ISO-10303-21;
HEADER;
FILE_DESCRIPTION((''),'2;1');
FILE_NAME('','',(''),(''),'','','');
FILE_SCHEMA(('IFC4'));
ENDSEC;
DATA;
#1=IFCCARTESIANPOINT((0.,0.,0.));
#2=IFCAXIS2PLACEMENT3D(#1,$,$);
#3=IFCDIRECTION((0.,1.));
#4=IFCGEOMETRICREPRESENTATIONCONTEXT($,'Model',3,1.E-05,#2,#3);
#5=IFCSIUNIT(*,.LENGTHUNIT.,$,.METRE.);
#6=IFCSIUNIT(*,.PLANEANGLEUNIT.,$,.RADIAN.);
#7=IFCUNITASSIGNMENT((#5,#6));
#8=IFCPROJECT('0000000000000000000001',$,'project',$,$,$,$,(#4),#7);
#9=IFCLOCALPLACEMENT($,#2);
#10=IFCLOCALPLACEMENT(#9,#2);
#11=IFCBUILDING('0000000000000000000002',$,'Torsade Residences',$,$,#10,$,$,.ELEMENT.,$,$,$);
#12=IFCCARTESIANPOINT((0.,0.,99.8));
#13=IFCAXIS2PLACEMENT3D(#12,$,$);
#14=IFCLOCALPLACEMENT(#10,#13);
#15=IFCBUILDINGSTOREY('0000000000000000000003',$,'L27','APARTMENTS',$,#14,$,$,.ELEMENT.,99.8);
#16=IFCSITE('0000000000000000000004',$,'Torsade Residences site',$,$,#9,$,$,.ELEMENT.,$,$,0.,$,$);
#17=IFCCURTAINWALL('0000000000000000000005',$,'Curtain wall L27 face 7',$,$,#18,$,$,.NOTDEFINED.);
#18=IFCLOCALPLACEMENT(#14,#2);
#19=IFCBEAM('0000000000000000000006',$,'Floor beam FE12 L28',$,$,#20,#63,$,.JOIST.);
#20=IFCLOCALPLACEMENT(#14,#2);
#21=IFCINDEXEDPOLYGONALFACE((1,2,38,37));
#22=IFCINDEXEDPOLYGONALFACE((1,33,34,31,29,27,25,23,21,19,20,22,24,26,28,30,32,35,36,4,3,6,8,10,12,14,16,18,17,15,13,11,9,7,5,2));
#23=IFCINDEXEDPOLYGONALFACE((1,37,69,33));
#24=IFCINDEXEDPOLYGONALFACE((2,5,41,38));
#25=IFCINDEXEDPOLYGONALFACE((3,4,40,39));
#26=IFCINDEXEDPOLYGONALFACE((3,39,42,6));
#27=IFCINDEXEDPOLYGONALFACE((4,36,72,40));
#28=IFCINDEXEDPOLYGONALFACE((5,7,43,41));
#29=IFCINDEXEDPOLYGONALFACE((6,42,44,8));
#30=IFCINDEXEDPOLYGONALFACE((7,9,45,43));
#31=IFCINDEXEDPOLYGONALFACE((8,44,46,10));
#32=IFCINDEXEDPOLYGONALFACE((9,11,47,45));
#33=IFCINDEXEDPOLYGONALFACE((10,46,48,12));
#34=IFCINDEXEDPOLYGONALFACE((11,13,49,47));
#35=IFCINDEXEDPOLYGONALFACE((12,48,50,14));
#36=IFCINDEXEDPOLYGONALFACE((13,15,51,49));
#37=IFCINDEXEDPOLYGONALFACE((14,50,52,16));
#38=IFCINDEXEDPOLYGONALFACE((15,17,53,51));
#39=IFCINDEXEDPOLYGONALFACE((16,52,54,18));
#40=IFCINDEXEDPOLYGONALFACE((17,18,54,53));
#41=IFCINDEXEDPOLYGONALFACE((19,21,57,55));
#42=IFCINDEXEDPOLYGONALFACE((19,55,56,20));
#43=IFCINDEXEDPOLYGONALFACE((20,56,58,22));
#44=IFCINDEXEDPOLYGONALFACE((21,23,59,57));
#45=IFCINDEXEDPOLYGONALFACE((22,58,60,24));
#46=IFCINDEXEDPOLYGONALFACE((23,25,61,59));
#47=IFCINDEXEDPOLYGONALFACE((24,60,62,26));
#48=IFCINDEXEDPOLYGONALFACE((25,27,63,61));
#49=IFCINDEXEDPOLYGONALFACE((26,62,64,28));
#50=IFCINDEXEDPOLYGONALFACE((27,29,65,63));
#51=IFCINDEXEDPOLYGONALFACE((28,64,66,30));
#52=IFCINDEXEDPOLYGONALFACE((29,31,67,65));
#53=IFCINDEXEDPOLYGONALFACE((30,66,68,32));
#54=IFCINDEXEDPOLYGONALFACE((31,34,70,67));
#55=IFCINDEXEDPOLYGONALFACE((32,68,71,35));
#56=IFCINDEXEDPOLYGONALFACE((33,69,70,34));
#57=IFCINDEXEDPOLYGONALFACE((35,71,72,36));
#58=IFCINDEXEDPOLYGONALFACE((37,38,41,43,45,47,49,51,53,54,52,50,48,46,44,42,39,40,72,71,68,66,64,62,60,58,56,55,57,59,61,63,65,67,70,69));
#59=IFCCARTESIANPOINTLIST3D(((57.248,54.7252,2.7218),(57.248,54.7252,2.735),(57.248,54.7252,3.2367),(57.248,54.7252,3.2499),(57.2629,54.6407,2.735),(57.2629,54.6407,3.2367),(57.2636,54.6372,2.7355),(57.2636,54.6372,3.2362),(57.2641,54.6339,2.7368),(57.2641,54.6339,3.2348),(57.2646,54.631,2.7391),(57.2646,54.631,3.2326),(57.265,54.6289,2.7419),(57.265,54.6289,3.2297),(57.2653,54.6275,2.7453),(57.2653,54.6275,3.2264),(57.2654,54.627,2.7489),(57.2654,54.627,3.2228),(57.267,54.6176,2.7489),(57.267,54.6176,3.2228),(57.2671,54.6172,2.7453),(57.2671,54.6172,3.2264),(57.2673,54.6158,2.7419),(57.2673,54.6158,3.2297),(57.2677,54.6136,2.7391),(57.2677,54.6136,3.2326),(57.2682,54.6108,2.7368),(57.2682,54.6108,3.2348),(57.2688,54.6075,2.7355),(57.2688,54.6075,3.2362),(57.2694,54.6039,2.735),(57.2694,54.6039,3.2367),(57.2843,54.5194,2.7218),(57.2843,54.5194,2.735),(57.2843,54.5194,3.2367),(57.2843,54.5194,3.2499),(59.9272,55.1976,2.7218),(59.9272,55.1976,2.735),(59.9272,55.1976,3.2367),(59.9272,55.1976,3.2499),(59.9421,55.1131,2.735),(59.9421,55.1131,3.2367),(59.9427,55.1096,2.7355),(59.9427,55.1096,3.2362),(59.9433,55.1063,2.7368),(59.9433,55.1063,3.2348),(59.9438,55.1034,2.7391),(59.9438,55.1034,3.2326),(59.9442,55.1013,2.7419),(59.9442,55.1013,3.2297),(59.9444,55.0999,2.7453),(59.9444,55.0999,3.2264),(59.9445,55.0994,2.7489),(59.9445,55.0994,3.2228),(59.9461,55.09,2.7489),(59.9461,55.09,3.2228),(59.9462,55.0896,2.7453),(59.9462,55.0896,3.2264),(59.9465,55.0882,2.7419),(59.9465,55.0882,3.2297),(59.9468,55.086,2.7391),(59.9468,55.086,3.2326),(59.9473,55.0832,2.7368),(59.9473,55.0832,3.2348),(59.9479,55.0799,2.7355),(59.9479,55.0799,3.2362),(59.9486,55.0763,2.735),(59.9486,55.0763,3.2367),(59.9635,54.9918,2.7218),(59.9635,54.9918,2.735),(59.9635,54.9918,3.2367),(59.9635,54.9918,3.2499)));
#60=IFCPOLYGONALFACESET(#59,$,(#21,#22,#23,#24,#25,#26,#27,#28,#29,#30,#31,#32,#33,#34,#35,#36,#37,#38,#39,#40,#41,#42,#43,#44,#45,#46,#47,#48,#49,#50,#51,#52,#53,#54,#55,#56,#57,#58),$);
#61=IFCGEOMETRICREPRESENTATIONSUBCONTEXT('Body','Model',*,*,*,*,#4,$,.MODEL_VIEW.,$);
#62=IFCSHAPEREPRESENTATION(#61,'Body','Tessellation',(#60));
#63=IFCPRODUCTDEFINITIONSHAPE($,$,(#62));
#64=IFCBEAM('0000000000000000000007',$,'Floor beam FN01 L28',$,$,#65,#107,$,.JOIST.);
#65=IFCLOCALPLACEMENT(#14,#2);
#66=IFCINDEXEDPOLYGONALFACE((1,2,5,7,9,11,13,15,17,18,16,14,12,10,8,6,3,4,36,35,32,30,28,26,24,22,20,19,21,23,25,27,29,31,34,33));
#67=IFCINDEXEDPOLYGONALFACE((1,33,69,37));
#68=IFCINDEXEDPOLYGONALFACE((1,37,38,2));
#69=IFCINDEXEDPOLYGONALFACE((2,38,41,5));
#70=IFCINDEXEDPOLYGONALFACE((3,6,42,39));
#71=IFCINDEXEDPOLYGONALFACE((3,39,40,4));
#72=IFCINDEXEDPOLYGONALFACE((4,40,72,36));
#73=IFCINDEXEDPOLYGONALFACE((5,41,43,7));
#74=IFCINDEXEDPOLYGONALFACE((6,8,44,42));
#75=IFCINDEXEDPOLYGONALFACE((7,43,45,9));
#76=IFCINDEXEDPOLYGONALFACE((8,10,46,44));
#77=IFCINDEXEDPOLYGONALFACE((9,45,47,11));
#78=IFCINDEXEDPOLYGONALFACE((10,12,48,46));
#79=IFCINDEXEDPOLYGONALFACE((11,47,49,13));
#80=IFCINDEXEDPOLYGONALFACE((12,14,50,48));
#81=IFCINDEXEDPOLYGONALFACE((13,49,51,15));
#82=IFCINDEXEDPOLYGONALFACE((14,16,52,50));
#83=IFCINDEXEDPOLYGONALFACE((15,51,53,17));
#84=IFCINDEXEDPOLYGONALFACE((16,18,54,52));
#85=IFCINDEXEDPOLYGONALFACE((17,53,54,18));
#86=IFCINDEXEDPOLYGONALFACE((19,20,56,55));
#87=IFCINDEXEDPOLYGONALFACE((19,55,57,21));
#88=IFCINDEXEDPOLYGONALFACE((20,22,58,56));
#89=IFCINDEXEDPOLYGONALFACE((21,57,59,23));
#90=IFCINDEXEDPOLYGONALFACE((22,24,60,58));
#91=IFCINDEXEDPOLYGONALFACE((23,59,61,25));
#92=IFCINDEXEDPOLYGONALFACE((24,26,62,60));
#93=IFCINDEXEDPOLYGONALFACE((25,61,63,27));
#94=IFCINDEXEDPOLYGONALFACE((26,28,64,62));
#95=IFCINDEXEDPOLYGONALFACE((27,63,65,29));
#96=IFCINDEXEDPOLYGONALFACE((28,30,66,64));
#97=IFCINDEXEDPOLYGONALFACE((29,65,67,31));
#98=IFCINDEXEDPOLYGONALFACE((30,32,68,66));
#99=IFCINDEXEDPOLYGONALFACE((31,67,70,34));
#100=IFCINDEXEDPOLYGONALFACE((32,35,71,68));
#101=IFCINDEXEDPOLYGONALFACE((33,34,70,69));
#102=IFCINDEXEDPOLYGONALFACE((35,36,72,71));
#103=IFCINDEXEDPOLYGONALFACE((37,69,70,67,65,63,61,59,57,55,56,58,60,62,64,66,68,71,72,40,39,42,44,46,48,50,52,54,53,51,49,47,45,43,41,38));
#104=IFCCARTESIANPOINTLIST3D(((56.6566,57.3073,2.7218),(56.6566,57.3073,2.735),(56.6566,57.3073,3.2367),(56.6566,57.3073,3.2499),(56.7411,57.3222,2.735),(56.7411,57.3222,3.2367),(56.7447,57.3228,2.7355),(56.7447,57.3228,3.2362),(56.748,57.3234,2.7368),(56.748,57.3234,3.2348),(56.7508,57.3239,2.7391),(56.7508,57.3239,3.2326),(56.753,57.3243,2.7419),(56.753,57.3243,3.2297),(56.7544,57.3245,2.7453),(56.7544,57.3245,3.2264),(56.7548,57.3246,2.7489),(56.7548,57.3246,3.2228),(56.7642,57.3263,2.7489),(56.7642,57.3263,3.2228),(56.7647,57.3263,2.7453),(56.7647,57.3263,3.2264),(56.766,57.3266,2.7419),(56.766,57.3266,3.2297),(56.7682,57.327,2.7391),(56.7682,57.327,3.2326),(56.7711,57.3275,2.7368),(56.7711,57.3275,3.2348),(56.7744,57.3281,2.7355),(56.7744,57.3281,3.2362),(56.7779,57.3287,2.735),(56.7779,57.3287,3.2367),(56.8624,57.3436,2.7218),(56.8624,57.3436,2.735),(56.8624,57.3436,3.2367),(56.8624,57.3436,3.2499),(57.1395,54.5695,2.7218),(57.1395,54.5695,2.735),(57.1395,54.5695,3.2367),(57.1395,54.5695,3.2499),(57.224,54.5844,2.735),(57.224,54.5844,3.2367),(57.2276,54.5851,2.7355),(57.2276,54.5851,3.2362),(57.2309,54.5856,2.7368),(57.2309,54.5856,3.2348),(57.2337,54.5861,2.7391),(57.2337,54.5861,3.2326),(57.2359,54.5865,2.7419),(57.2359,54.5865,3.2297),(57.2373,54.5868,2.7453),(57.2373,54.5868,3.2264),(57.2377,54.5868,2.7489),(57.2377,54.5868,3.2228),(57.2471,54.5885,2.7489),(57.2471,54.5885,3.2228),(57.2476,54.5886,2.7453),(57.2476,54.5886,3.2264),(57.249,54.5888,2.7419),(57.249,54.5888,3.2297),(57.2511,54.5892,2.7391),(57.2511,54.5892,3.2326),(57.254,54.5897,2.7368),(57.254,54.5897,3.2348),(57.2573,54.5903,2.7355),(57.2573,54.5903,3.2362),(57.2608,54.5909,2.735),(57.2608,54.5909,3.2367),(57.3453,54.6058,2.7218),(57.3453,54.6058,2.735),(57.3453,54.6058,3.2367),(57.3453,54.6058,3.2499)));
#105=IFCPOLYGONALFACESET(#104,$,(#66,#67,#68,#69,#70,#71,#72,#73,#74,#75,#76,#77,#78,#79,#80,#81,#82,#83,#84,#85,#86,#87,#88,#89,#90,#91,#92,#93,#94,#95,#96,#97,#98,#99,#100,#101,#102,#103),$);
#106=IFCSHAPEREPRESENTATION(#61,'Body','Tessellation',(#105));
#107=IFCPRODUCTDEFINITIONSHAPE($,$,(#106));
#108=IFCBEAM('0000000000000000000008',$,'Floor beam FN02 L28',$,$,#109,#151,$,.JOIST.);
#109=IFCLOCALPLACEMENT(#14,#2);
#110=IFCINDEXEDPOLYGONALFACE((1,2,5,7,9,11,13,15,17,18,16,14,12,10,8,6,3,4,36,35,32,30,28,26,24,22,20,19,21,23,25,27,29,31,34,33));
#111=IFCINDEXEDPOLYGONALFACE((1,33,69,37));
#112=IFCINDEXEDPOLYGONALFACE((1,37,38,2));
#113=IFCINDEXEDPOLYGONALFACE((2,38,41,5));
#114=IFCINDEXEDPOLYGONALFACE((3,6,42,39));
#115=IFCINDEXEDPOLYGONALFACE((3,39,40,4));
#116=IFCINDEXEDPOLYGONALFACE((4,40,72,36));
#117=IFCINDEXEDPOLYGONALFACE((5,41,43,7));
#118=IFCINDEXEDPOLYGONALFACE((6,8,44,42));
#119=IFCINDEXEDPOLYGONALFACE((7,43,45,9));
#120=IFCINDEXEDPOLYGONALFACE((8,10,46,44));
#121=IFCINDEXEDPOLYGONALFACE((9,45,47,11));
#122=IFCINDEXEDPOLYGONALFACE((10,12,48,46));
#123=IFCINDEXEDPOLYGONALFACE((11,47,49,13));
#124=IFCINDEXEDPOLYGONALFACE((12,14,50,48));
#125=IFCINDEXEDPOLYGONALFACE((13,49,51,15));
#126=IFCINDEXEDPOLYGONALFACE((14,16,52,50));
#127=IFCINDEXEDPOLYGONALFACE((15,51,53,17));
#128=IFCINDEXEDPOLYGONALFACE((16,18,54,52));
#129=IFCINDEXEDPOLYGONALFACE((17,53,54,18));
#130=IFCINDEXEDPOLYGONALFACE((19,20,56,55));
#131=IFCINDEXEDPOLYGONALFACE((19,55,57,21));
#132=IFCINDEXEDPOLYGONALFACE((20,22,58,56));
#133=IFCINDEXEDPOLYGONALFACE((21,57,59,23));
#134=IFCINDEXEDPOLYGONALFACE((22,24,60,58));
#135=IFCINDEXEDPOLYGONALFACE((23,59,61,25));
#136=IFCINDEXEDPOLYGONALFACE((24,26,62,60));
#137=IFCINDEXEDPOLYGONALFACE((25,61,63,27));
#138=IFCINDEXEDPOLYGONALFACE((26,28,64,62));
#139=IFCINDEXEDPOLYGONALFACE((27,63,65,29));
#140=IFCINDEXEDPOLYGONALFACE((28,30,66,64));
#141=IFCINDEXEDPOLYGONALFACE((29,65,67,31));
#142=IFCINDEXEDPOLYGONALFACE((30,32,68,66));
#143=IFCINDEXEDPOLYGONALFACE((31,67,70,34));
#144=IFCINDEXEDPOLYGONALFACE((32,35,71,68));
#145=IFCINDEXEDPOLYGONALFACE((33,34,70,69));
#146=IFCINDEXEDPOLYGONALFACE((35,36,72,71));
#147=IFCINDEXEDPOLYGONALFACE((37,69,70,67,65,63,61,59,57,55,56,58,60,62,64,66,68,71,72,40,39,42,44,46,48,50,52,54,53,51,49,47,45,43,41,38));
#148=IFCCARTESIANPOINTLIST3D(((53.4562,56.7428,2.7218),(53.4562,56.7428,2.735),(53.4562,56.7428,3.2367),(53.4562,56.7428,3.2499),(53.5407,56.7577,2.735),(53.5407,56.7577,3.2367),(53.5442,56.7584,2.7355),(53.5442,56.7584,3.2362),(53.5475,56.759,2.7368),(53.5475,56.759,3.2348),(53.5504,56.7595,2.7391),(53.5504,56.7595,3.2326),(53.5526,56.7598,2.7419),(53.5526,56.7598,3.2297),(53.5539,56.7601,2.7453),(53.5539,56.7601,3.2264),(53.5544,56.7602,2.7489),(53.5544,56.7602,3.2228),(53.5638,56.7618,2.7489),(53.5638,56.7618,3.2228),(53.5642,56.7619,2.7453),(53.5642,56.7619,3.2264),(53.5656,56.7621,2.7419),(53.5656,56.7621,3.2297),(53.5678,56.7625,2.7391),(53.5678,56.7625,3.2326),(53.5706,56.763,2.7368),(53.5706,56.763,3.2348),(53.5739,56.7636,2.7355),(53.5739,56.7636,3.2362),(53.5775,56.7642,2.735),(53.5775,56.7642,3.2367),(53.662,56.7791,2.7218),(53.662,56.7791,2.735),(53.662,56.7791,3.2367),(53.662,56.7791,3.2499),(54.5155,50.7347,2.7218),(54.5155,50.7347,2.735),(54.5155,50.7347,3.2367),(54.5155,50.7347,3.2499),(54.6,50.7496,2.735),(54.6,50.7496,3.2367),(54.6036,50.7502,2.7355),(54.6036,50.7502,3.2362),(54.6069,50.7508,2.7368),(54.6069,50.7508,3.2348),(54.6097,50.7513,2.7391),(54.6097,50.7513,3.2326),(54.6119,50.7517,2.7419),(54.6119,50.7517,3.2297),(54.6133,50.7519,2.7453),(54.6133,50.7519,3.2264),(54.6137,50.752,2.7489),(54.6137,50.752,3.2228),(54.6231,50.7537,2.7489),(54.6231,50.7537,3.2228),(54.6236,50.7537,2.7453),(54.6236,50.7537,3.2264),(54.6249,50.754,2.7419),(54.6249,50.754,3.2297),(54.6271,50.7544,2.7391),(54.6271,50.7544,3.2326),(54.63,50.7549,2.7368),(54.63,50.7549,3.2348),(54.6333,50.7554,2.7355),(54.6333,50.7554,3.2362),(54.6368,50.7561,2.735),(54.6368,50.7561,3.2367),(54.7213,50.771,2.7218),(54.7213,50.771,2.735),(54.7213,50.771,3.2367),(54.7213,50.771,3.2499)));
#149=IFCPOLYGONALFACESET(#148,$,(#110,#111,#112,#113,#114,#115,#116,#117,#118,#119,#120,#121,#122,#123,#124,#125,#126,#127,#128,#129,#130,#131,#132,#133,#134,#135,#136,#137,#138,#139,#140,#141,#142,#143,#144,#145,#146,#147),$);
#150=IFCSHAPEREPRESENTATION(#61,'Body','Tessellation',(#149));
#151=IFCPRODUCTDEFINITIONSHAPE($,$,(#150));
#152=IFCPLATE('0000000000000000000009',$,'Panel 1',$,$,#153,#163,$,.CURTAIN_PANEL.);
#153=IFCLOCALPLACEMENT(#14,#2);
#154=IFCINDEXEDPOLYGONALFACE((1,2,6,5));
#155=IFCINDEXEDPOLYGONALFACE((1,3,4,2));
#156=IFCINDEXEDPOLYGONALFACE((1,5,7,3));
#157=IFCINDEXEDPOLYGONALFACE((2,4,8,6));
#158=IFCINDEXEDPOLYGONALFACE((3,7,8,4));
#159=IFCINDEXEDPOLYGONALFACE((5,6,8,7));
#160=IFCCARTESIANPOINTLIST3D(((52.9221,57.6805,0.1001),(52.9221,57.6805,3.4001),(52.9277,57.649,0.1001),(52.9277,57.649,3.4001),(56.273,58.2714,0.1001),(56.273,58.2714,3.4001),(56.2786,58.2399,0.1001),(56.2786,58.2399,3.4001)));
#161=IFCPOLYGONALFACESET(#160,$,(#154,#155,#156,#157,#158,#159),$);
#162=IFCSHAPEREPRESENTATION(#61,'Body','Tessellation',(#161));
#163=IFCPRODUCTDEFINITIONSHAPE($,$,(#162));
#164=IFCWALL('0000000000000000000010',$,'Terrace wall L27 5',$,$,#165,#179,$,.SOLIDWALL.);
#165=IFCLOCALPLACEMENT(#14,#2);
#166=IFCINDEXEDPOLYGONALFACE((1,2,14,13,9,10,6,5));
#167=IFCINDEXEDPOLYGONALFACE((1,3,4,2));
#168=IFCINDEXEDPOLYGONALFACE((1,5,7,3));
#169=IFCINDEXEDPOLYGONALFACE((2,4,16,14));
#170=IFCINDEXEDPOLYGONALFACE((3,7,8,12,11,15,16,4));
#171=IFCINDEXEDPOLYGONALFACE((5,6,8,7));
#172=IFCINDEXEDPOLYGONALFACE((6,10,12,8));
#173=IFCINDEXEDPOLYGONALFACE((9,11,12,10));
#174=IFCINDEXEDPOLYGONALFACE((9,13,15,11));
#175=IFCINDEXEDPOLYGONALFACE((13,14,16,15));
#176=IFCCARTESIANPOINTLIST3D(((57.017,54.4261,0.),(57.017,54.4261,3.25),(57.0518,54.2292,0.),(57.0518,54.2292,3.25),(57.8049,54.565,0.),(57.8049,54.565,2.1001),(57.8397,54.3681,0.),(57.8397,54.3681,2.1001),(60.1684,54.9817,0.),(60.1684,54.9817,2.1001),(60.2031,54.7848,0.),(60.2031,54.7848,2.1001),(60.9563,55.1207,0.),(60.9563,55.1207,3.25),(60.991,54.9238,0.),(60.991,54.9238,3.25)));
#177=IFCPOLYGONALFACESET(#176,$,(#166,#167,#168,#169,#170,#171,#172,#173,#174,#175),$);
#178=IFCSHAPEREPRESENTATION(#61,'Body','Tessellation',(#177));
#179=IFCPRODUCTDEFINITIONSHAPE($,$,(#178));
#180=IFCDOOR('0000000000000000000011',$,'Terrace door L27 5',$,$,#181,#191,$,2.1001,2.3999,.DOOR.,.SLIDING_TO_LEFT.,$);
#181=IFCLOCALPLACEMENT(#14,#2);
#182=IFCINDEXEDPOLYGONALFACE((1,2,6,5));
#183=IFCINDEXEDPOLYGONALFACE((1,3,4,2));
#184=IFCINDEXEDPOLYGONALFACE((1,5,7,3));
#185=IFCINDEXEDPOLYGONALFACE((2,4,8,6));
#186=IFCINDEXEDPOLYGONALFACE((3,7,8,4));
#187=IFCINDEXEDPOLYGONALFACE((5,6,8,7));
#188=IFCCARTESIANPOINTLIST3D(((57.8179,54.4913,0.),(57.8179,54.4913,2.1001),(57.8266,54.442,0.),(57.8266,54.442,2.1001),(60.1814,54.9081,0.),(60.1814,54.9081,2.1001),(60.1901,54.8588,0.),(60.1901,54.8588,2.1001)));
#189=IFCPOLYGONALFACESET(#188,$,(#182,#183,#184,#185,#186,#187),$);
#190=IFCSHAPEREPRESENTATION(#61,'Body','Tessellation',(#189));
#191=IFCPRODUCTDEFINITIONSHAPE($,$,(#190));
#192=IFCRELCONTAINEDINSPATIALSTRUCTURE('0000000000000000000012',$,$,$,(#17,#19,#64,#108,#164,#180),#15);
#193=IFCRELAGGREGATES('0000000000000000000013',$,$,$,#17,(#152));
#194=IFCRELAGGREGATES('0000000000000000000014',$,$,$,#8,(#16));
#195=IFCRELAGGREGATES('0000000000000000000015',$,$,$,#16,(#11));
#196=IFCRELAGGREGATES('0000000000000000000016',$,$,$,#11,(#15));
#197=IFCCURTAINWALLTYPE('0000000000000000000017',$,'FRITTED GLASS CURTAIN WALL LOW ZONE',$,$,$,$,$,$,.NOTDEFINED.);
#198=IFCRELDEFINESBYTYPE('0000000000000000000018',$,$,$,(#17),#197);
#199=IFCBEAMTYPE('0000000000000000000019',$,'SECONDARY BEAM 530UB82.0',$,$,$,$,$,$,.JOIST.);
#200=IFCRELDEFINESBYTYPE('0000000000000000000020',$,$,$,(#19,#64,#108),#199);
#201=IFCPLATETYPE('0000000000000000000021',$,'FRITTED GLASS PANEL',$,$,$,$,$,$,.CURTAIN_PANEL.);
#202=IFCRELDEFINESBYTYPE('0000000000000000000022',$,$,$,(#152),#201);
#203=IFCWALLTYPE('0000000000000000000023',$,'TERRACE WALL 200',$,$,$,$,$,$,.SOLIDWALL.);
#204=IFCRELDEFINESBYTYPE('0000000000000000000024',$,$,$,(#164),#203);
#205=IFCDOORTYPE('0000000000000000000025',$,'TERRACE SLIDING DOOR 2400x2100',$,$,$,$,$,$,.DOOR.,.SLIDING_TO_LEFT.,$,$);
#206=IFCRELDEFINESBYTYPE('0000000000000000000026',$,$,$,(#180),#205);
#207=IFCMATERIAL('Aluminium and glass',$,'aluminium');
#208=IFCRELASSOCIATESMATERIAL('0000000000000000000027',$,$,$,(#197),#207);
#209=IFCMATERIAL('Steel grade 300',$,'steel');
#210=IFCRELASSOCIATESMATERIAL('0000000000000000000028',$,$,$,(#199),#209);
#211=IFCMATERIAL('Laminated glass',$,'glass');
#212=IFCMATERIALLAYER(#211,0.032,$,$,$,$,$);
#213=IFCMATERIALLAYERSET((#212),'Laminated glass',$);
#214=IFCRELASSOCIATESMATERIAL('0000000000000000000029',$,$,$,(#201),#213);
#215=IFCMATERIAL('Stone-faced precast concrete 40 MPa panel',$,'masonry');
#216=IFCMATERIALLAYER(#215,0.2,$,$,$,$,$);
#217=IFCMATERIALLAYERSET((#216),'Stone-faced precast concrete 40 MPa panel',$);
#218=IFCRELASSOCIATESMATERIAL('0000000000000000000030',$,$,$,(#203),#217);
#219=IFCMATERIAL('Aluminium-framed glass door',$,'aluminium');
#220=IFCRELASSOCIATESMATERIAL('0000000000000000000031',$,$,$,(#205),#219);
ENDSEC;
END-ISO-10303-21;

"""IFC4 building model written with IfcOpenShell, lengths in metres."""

from ifc_helpers import new_model, si_unit, direction, frame, frame_2d, origin, origin_2d, place, context, subcontext, project, spatial, rectangle, i_section, extrude, material, layer, layer_set, material_profile, profile_set, type_object, element, fill, aggregate, save


model = new_model("IFC4")

# Units and contexts
model_context = context("Model", 3, precision=1e-05, world=origin(), true_north=direction((0.0, 1.0)))
body_context = subcontext(model_context, "Body", "Model", "MODEL_VIEW")
ifc_project = project(units=[si_unit("LENGTHUNIT", "METRE"), si_unit("PLANEANGLEUNIT", "RADIAN")], contexts=[model_context])

# Site, building, storey
site_placement = place(None, origin())
site = spatial("IfcSite", under=ifc_project, at=site_placement, Name="Torsade Residences site", CompositionType="ELEMENT", RefElevation=0.0)
building_placement = place(site_placement, origin())
building = spatial("IfcBuilding", under=site, at=building_placement, Name="Torsade Residences", CompositionType="ELEMENT")
storey_placement = place(building_placement, frame((0.0, 0.0, 99.8)))
storey = spatial("IfcBuildingStorey", under=building, at=storey_placement, Name="L27", Description="APARTMENTS", CompositionType="ELEMENT", Elevation=99.8)

# Shared definitions
ifc_material_1 = material(Name="Aluminium and glass", Category="aluminium")
curtain_wall_type = type_object("IfcCurtainWallType", Name="FRITTED GLASS CURTAIN WALL LOW ZONE", PredefinedType="NOTDEFINED", material=ifc_material_1)

# Curtain wall
curtain_wall_1_placement = place(storey_placement, origin())
curtain_wall_1 = element("IfcCurtainWall", 1, at=curtain_wall_1_placement, inside=storey, type_object=curtain_wall_type, Name="Curtain wall L27 face 7", PredefinedType="NOTDEFINED")

# Beams
ifc_material_2 = material(Name="Steel grade 300", Category="steel")
ifc_material_profile_1 = material_profile(ifc_material_2, i_section(OverallWidth=0.209, OverallDepth=0.5281, WebThickness=0.0095, FlangeThickness=0.0132, FilletRadius=0.0139, at=origin_2d()), Name="530UB82.0")
ifc_profile_set_1 = profile_set([ifc_material_profile_1], Name="Steel grade 300")
beam_type_1 = type_object("IfcBeamType", Name="SECONDARY BEAM 530UB82.0", PredefinedType="JOIST", material=ifc_profile_set_1)
beam_1_placement = place(storey_placement, frame((59.9453, 55.0947, 2.9858), z_axis=(-0.984808, -0.173647, 0.0), x_axis=(0.173647, -0.984808, 0.0)))
element("IfcBeam", 2, at=beam_1_placement, inside=storey, type_object=beam_type_1, Name="Floor beam FE12 L28", PredefinedType="JOIST", context=body_context, shape_type="SweptSolid", body=[
    extrude(i_section(OverallWidth=0.209, OverallDepth=0.5281, WebThickness=0.0095, FlangeThickness=0.0132, FilletRadius=0.0139, at=origin_2d()), origin(), (0.0, 0.0, 1.0), 2.7205),
])
beam_2_placement = place(storey_placement, frame((56.7595, 57.3254, 2.9858), z_axis=(0.173705, -0.984798, 0.0), x_axis=(0.984798, 0.173705, 0.0)))
element("IfcBeam", 3, at=beam_2_placement, inside=storey, type_object=beam_type_1, Name="Floor beam FN01 L28", PredefinedType="JOIST", context=body_context, shape_type="SweptSolid", body=[
    extrude(i_section(OverallWidth=0.209, OverallDepth=0.5281, WebThickness=0.0095, FlangeThickness=0.0132, FilletRadius=0.0139, at=origin_2d()), origin(), (0.0, 0.0, 1.0), 2.78),
])
beam_3_placement = place(storey_placement, frame((53.5591, 56.761, 2.9858), z_axis=(0.173639, -0.984809, 0.0), x_axis=(0.984809, 0.173639, 0.0)))
element("IfcBeam", 4, at=beam_3_placement, inside=storey, type_object=beam_type_1, Name="Floor beam FN02 L28", PredefinedType="JOIST", context=body_context, shape_type="SweptSolid", body=[
    extrude(i_section(OverallWidth=0.209, OverallDepth=0.5281, WebThickness=0.0095, FlangeThickness=0.0132, FilletRadius=0.0139, at=origin_2d()), origin(), (0.0, 0.0, 1.0), 6.1008),
])

# Plate
ifc_material_3 = material(Name="Laminated glass", Category="glass")
ifc_layer_1 = layer(ifc_material_3, 0.032)
ifc_layer_set_1 = layer_set([ifc_layer_1], Name="Laminated glass")
plate_type = type_object("IfcPlateType", Name="FRITTED GLASS PANEL", PredefinedType="CURTAIN_PANEL", material=ifc_layer_set_1)
plate_placement = place(storey_placement, frame((54.6003, 57.9602, 0.1001), z_axis=(0.0, 0.0, 1.0), x_axis=(-0.984808, -0.173648, 0.0)))
plate = element("IfcPlate", 5, at=plate_placement, type_object=plate_type, Name="Panel 1", PredefinedType="CURTAIN_PANEL", context=body_context, shape_type="SweptSolid", body=[
    extrude(rectangle(XDim=3.4026, YDim=0.032, at=origin_2d()), origin(), (0.0, 0.0, 1.0), 3.3),
])
aggregate(curtain_wall_1, [plate])

# Wall, opening, door
ifc_material_4 = material(Name="Stone-faced precast concrete 40 MPa panel", Category="masonry")
ifc_layer_2 = layer(ifc_material_4, 0.2)
ifc_layer_set_2 = layer_set([ifc_layer_2], Name="Stone-faced precast concrete 40 MPa panel")
wall_type = type_object("IfcWallType", Name="TERRACE WALL 200", PredefinedType="SOLIDWALL", material=ifc_layer_set_2)
wall_1_placement = place(storey_placement, frame((60.9736, 55.0222, 0.0), z_axis=(0.0, 0.0, 1.0), x_axis=(-0.984808, -0.173646, 0.0)))
wall_1 = element("IfcWall", 6, at=wall_1_placement, inside=storey, type_object=wall_type, Name="Terrace wall L27 5", PredefinedType="SOLIDWALL", context=body_context, shape_type="SweptSolid", body=[
    extrude(rectangle(XDim=4.0, YDim=0.2, at=frame_2d((2.0, 0.0))), origin(), (0.0, 0.0, 1.0), 3.25),
])
opening_1_placement = place(wall_1_placement, frame((0.8, 0.0, 0.0)))
opening_1 = element("IfcOpeningElement", 7, at=opening_1_placement, cuts=wall_1, PredefinedType="OPENING", context=body_context, shape_type="SweptSolid", body=[
    extrude(rectangle(XDim=2.3999, YDim=2.1001, at=frame_2d((1.2, 1.05))), frame((0.0, 0.1099, 0.0), z_axis=(0.0, -1.0, 0.0), x_axis=(1.0, 0.0, 0.0)), (0.0, 0.0, 1.0), 0.22),
])
ifc_material_5 = material(Name="Aluminium-framed glass door", Category="aluminium")
door_type = type_object("IfcDoorType", Name="TERRACE SLIDING DOOR 2400x2100", OperationType="SLIDING_TO_LEFT", PredefinedType="DOOR", material=ifc_material_5)
door_placement = place(opening_1_placement, origin())
door = element("IfcDoor", 8, at=door_placement, inside=storey, type_object=door_type, Name="Terrace door L27 5", OperationType="SLIDING_TO_LEFT", OverallHeight=2.1001, OverallWidth=2.3999, PredefinedType="DOOR", context=body_context, shape_type="SweptSolid", body=[
    extrude(rectangle(XDim=2.3999, YDim=2.1001, at=frame_2d((1.2, 1.05))), frame((0.0, 0.0249, 0.0), z_axis=(0.0, -1.0, 0.0), x_axis=(1.0, 0.0, 0.0)), (0.0, 0.0, 1.0), 0.05),
])
fill(opening_1, door)

save(model, "model.ifc")
